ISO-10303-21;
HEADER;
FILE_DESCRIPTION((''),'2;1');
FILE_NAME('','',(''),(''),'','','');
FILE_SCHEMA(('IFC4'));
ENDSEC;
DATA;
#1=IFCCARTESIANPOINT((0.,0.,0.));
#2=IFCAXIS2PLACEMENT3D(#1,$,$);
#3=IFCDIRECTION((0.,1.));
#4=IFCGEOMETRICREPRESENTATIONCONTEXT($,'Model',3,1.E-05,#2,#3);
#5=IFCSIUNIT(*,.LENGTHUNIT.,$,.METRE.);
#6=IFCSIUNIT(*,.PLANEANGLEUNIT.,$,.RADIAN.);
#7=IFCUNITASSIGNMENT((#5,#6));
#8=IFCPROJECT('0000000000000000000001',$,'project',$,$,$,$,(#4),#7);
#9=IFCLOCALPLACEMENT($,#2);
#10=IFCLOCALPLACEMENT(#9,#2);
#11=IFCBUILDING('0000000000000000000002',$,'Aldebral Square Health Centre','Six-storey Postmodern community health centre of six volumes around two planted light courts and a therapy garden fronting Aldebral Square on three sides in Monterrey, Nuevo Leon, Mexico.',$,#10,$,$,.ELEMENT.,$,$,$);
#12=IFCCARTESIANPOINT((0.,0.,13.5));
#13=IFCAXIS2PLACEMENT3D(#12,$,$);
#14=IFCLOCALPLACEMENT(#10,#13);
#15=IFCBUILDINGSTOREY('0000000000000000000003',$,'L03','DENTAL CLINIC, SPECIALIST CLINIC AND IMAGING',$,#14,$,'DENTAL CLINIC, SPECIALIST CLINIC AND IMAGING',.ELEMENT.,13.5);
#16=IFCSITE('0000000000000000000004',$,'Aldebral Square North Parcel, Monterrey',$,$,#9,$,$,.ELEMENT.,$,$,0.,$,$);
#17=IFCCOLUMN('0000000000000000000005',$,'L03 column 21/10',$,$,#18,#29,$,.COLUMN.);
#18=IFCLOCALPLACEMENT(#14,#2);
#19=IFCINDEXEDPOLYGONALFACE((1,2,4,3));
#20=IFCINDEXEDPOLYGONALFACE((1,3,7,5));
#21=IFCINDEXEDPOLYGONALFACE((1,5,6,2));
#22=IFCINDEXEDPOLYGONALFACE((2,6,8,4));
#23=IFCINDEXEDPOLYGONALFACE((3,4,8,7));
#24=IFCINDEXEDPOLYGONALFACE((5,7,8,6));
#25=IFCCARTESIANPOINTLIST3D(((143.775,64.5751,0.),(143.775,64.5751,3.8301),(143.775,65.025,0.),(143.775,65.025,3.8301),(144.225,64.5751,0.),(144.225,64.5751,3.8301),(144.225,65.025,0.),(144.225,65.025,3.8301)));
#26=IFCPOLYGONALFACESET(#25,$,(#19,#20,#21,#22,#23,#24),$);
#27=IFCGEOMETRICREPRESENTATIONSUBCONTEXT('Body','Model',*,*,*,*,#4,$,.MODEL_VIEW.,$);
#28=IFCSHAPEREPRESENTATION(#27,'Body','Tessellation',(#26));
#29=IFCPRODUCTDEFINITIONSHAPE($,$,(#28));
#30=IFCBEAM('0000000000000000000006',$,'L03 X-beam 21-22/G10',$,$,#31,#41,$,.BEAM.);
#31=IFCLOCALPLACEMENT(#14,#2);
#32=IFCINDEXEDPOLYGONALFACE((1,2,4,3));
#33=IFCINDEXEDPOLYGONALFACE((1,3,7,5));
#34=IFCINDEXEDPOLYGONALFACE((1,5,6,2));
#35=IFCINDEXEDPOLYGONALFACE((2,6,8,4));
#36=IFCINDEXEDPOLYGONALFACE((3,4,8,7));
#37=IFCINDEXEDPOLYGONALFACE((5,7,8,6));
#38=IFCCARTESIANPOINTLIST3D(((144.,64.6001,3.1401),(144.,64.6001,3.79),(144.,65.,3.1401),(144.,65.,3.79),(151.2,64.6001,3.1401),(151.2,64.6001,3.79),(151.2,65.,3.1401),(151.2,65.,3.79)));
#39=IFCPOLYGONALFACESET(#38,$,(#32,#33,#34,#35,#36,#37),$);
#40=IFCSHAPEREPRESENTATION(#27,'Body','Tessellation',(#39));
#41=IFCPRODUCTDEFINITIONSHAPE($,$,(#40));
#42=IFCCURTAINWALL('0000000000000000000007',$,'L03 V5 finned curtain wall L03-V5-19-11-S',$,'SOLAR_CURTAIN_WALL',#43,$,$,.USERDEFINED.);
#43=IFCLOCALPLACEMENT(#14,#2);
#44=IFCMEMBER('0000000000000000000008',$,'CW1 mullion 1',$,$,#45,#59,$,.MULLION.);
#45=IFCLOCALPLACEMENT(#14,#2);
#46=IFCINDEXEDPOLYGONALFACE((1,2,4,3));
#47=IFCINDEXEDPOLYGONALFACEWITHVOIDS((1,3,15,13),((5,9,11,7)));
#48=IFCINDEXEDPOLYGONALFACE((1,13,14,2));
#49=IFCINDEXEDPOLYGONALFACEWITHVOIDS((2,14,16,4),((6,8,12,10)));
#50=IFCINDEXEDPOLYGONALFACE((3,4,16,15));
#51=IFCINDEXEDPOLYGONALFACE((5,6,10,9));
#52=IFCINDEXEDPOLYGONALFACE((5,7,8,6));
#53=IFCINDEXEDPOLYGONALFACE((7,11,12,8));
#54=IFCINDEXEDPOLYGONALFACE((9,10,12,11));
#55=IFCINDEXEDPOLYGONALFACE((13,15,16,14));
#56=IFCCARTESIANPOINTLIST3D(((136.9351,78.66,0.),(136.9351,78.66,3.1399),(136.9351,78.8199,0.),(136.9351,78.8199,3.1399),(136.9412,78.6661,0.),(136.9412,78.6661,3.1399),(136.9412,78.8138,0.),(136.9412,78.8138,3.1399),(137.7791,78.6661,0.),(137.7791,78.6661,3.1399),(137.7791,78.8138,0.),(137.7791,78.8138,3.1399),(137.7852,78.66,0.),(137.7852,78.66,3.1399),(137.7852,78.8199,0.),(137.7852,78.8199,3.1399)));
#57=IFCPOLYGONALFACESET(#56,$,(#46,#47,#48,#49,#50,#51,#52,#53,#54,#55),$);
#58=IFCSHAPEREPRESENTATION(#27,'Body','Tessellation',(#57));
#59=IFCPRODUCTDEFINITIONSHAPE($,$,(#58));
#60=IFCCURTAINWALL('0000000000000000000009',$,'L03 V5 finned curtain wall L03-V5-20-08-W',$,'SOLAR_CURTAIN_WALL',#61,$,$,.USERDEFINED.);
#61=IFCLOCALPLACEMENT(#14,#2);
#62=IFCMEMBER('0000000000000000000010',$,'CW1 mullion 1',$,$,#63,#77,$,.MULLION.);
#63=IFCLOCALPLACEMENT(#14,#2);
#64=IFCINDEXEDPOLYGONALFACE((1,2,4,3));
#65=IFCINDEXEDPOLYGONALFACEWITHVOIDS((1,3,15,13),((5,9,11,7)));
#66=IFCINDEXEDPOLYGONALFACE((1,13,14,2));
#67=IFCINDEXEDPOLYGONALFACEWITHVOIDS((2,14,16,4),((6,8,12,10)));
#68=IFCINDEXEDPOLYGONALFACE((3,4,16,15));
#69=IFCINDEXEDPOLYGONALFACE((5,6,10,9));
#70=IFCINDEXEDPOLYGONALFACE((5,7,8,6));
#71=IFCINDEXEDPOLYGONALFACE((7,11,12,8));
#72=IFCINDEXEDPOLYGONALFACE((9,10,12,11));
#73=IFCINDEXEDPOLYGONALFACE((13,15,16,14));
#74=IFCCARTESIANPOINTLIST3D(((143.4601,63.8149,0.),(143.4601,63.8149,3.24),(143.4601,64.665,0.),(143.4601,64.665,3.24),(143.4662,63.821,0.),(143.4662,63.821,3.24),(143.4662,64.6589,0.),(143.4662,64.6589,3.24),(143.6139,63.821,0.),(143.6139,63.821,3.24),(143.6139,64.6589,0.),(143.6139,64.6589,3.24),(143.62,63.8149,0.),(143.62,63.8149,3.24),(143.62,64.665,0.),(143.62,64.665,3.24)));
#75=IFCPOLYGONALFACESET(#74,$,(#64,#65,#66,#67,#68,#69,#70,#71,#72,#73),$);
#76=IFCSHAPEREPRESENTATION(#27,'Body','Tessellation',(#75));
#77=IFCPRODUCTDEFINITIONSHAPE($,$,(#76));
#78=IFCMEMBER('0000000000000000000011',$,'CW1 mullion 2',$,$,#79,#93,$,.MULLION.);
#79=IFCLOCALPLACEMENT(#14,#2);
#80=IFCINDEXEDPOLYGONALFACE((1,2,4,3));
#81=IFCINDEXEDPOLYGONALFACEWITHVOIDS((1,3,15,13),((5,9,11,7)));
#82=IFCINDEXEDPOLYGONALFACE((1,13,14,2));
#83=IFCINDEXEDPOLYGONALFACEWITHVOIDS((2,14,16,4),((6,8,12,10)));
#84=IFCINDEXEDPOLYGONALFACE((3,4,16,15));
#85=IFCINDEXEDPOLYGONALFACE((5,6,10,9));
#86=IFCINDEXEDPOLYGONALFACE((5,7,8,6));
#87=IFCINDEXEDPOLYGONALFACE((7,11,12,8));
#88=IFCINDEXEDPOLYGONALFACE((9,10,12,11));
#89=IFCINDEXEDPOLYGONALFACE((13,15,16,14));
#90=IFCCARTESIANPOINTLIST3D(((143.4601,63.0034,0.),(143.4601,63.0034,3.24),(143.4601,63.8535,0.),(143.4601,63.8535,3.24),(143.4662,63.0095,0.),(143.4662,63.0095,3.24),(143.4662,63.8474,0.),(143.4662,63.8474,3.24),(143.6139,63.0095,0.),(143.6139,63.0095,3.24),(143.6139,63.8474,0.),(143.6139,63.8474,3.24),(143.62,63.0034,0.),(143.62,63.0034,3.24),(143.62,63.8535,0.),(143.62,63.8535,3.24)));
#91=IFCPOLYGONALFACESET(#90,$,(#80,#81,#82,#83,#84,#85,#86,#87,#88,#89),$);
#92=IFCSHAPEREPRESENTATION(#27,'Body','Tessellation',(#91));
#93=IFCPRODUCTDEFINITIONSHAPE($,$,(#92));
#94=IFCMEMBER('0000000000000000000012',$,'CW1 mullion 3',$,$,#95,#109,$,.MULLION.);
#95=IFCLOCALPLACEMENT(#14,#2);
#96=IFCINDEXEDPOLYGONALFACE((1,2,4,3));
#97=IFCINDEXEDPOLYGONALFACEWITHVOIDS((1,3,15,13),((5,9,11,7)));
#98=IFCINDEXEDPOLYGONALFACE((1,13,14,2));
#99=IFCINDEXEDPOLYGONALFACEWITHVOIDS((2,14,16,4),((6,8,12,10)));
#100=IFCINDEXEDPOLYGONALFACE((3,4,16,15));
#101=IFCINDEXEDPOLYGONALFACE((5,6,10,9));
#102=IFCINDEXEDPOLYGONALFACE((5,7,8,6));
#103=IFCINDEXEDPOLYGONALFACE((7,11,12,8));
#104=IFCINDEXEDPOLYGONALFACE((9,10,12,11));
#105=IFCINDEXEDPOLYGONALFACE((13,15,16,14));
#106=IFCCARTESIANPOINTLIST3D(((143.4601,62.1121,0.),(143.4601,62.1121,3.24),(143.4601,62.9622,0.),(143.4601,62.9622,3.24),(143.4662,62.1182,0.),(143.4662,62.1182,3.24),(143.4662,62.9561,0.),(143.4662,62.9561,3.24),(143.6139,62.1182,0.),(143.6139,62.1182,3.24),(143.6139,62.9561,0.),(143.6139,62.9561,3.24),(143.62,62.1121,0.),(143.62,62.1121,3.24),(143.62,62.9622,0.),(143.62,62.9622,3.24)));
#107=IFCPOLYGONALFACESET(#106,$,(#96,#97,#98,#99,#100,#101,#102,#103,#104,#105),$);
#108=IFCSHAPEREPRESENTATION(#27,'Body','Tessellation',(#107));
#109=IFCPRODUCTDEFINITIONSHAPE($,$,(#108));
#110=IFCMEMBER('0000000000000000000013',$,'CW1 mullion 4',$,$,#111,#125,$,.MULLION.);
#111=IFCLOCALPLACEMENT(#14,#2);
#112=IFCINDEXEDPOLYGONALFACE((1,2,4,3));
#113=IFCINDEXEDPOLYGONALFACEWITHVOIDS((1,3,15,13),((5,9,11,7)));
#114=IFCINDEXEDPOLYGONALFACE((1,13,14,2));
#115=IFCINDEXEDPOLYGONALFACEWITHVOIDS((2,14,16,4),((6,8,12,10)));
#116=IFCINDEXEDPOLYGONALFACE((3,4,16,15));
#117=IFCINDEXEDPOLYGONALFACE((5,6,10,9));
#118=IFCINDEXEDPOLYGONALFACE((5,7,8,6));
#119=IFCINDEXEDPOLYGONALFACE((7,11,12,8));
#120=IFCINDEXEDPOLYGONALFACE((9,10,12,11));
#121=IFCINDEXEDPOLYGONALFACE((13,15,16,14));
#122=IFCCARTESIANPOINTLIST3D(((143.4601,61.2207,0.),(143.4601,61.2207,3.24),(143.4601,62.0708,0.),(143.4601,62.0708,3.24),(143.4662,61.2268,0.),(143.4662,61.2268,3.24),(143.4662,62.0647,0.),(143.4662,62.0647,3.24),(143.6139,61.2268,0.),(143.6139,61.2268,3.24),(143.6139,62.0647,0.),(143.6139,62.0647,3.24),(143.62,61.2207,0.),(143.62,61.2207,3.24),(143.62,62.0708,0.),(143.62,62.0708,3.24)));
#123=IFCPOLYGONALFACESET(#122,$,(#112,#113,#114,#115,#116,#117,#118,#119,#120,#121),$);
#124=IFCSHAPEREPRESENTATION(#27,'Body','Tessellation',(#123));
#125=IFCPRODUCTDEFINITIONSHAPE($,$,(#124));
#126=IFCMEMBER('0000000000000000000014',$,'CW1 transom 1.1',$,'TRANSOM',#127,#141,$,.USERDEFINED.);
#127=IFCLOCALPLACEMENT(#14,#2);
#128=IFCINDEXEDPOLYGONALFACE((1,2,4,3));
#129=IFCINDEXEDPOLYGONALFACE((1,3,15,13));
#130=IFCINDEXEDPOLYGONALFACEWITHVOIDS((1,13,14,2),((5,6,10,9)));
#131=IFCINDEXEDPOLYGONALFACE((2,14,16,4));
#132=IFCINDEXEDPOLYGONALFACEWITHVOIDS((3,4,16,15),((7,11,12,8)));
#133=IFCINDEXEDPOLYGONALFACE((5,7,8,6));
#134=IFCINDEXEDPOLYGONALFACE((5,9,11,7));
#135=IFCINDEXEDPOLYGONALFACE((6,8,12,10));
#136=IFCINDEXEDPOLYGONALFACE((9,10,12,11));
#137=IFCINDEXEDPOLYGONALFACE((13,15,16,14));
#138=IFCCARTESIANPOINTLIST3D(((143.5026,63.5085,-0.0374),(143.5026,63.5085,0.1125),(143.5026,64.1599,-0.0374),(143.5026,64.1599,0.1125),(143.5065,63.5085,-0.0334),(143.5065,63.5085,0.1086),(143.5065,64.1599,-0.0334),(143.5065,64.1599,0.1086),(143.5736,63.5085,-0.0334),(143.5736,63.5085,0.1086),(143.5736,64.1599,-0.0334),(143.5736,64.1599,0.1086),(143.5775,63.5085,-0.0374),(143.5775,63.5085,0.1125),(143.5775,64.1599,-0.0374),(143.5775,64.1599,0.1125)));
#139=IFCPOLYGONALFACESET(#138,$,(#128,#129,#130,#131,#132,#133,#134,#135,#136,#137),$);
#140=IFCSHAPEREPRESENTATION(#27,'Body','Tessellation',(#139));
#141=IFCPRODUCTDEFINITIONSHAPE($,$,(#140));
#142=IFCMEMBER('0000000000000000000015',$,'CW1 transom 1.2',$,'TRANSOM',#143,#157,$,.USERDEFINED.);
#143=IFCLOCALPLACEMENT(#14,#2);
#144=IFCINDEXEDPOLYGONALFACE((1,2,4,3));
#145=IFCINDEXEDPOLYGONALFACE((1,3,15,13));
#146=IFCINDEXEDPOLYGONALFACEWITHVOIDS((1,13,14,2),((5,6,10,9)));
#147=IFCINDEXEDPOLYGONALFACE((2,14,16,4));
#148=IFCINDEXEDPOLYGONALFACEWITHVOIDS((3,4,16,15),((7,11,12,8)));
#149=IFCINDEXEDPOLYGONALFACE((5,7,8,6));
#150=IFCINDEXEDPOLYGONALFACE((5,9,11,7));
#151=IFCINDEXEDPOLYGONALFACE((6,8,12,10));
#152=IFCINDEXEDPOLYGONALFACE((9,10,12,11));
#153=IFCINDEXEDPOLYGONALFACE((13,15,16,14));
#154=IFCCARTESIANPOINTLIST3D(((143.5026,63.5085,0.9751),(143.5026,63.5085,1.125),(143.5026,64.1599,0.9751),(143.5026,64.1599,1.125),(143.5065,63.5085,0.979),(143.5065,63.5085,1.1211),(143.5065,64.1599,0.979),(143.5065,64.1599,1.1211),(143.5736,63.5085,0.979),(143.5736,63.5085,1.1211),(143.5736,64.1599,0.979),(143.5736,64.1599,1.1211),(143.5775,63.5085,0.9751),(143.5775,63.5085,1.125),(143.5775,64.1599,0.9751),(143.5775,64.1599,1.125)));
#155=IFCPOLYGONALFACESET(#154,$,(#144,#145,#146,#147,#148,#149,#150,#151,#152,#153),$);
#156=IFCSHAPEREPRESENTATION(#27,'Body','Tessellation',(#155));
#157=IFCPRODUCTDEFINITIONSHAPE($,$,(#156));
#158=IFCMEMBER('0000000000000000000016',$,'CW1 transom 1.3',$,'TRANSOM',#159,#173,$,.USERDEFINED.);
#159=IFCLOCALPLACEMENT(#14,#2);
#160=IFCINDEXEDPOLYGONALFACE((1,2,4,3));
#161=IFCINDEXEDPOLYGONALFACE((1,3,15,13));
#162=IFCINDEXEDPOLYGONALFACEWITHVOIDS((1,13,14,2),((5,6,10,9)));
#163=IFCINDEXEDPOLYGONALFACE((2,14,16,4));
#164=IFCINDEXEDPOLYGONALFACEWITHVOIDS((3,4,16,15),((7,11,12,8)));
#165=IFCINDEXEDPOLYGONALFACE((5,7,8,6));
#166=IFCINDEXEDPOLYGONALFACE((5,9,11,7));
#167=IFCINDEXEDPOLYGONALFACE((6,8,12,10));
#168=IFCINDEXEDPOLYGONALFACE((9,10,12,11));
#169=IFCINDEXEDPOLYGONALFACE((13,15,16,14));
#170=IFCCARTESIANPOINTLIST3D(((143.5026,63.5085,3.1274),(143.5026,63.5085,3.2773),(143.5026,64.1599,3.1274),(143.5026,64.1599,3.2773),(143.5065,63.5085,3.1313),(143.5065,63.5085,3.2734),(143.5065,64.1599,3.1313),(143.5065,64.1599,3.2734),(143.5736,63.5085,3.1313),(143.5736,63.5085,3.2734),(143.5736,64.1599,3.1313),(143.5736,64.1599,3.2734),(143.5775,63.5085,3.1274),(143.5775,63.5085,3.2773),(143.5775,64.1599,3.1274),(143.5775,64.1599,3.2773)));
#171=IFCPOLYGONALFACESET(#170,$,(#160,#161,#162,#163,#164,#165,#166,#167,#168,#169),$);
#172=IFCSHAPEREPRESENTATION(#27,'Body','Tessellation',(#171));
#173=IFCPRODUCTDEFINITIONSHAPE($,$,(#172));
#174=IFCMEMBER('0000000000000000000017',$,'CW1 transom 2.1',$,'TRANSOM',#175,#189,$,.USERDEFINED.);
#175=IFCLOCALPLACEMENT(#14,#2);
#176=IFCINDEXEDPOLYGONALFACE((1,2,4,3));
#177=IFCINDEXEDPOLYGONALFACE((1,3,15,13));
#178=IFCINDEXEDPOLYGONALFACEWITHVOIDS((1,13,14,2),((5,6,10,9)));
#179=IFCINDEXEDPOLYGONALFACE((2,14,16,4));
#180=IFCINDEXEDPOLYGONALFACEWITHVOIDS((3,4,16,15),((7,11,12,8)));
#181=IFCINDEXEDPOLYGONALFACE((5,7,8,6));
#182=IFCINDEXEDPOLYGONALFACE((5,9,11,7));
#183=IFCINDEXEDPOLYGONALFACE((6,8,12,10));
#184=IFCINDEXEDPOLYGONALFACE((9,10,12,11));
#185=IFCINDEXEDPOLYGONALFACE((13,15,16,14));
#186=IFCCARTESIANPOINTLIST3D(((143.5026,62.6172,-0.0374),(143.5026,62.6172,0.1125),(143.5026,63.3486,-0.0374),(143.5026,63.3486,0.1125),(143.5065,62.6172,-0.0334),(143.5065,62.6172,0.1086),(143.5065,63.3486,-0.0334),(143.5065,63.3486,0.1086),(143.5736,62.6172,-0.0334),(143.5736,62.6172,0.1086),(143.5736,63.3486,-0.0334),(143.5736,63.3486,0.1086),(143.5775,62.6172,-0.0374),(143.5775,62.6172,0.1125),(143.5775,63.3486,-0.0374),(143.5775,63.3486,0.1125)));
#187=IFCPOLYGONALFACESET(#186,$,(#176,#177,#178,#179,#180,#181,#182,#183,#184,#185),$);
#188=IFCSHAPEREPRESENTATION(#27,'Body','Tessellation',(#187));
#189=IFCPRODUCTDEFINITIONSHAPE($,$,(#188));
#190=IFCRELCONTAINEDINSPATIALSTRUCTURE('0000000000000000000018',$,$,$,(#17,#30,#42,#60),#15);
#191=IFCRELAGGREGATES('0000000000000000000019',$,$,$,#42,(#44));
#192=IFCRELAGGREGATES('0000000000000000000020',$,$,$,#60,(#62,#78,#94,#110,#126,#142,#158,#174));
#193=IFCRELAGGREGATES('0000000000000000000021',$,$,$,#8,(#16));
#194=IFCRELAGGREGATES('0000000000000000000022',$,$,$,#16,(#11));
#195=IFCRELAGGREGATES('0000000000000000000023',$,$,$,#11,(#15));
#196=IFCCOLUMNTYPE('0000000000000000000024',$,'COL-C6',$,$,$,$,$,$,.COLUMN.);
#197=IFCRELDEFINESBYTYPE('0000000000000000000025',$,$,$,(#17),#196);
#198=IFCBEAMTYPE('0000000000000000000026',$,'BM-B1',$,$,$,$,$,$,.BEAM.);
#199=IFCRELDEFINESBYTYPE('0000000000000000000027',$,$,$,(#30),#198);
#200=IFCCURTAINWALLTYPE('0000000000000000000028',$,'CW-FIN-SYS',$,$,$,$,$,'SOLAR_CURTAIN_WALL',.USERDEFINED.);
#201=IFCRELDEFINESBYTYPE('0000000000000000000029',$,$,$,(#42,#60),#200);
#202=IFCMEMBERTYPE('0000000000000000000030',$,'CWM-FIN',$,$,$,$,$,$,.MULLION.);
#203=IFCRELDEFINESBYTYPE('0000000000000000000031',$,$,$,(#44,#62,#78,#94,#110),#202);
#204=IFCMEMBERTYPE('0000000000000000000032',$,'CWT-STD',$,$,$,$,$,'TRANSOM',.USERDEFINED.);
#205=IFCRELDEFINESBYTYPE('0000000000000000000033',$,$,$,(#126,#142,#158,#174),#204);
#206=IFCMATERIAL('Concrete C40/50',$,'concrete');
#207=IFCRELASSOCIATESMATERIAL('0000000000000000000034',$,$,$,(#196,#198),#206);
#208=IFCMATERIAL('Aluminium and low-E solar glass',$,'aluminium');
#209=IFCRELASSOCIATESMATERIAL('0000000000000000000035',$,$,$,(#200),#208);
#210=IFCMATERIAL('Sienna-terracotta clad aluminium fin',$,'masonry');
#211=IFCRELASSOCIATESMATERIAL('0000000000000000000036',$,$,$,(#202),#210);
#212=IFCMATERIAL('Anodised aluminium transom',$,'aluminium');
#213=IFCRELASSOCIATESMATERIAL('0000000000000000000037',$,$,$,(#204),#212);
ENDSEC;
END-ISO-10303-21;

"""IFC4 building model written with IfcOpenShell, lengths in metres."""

from ifc_helpers import new_model, si_unit, direction, frame, origin, origin_2d, place, context, subcontext, project, spatial, rectangle, hollow_rectangle, extrude, material, material_profile, profile_set, type_object, element, aggregate, save


model = new_model("IFC4")

# Units and contexts
model_context = context("Model", 3, precision=1e-05, world=origin(), true_north=direction((0.0, 1.0)))
body_context = subcontext(model_context, "Body", "Model", "MODEL_VIEW")
ifc_project = project(units=[si_unit("LENGTHUNIT", "METRE"), si_unit("PLANEANGLEUNIT", "RADIAN")], contexts=[model_context])

# Site, building, storey
site_placement = place(None, origin())
site = spatial("IfcSite", under=ifc_project, at=site_placement, Name="Aldebral Square North Parcel, Monterrey", CompositionType="ELEMENT", RefElevation=0.0)
building_placement = place(site_placement, origin())
building = spatial("IfcBuilding", under=site, at=building_placement, Name="Aldebral Square Health Centre", Description="Six-storey Postmodern community health centre of six volumes around two planted light courts and a therapy garden fronting Aldebral Square on three sides in Monterrey, Nuevo Leon, Mexico.", CompositionType="ELEMENT")
storey_placement = place(building_placement, frame((0.0, 0.0, 13.5)))
storey = spatial("IfcBuildingStorey", under=building, at=storey_placement, Name="L03", Description="DENTAL CLINIC, SPECIALIST CLINIC AND IMAGING", LongName="DENTAL CLINIC, SPECIALIST CLINIC AND IMAGING", CompositionType="ELEMENT", Elevation=13.5)

# Column
ifc_material_1 = material(Name="Concrete C40/50", Category="concrete")
ifc_material_profile_1 = material_profile(ifc_material_1, rectangle(XDim=0.45, YDim=0.45, at=origin_2d()), Name="RC 450x450")
ifc_profile_set_1 = profile_set([ifc_material_profile_1], Name="Concrete C40/50")
column_type = type_object("IfcColumnType", Name="COL-C6", PredefinedType="COLUMN", material=ifc_profile_set_1)
column_placement = place(storey_placement, frame((144.0, 64.8, 0.0), z_axis=(0.0, 0.0, 1.0), x_axis=(1.0, 0.0, 0.0)))
element("IfcColumn", 1, at=column_placement, inside=storey, type_object=column_type, Name="L03 column 21/10", PredefinedType="COLUMN", context=body_context, shape_type="SweptSolid", body=[
    extrude(rectangle(XDim=0.45, YDim=0.45, at=origin_2d()), origin(), (0.0, 0.0, 1.0), 3.8301),
])

# Beam
ifc_material_profile_2 = material_profile(ifc_material_1, rectangle(XDim=0.3999, YDim=0.6499, at=origin_2d()), Name="RC 400x650")
ifc_profile_set_2 = profile_set([ifc_material_profile_2], Name="Concrete C40/50")
beam_type = type_object("IfcBeamType", Name="BM-B1", PredefinedType="BEAM", material=ifc_profile_set_2)
beam_placement = place(storey_placement, frame((144.0, 64.8, 3.4651), z_axis=(1.0, 0.0, 0.0), x_axis=(0.0, 1.0, 0.0)))
element("IfcBeam", 2, at=beam_placement, inside=storey, type_object=beam_type, Name="L03 X-beam 21-22/G10", PredefinedType="BEAM", context=body_context, shape_type="SweptSolid", body=[
    extrude(rectangle(XDim=0.3999, YDim=0.6499, at=origin_2d()), origin(), (0.0, 0.0, 1.0), 7.2),
])

# Curtain wall, member
ifc_material_2 = material(Name="Aluminium and low-E solar glass", Category="aluminium")
curtain_wall_type = type_object("IfcCurtainWallType", Name="CW-FIN-SYS", ElementType="SOLAR_CURTAIN_WALL", PredefinedType="USERDEFINED", material=ifc_material_2)
curtain_wall_1_placement = place(storey_placement, origin())
curtain_wall_1 = element("IfcCurtainWall", 3, at=curtain_wall_1_placement, inside=storey, type_object=curtain_wall_type, Name="L03 V5 finned curtain wall L03-V5-19-11-S", ObjectType="SOLAR_CURTAIN_WALL", PredefinedType="USERDEFINED")
ifc_material_3 = material(Name="Sienna-terracotta clad aluminium fin", Category="masonry")
ifc_material_profile_3 = material_profile(ifc_material_3, hollow_rectangle(XDim=0.1599, YDim=0.8501, WallThickness=0.0061, at=origin_2d()), Name="FIN 160x850x6")
ifc_profile_set_3 = profile_set([ifc_material_profile_3], Name="Sienna-terracotta clad aluminium fin")
member_type_1 = type_object("IfcMemberType", Name="CWM-FIN", PredefinedType="MULLION", material=ifc_profile_set_3)
member_1_placement = place(storey_placement, frame((137.3601, 78.74, 0.0), z_axis=(0.0, 0.0, 1.0), x_axis=(0.0, 1.0, 0.0)))
member_1 = element("IfcMember", 4, at=member_1_placement, type_object=member_type_1, Name="CW1 mullion 1", PredefinedType="MULLION", context=body_context, shape_type="SweptSolid", body=[
    extrude(hollow_rectangle(XDim=0.1599, YDim=0.8501, WallThickness=0.0061, at=origin_2d()), origin(), (0.0, 0.0, 1.0), 3.1399),
])
aggregate(curtain_wall_1, [member_1])

# Curtain wall, members
curtain_wall_2_placement = place(storey_placement, origin())
curtain_wall_2 = element("IfcCurtainWall", 5, at=curtain_wall_2_placement, inside=storey, type_object=curtain_wall_type, Name="L03 V5 finned curtain wall L03-V5-20-08-W", ObjectType="SOLAR_CURTAIN_WALL", PredefinedType="USERDEFINED")
member_2_placement = place(storey_placement, frame((143.54, 64.24, 0.0), z_axis=(0.0, 0.0, 1.0), x_axis=(1.0, 0.0, 0.0)))
member_2 = element("IfcMember", 6, at=member_2_placement, type_object=member_type_1, Name="CW1 mullion 1", PredefinedType="MULLION", context=body_context, shape_type="SweptSolid", body=[
    extrude(hollow_rectangle(XDim=0.1599, YDim=0.8501, WallThickness=0.0061, at=origin_2d()), origin(), (0.0, 0.0, 1.0), 3.24),
])
member_3_placement = place(storey_placement, frame((143.54, 63.4285, 0.0), z_axis=(0.0, 0.0, 1.0), x_axis=(1.0, 0.0, 0.0)))
member_3 = element("IfcMember", 7, at=member_3_placement, type_object=member_type_1, Name="CW1 mullion 2", PredefinedType="MULLION", context=body_context, shape_type="SweptSolid", body=[
    extrude(hollow_rectangle(XDim=0.1599, YDim=0.8501, WallThickness=0.0061, at=origin_2d()), origin(), (0.0, 0.0, 1.0), 3.24),
])
member_4_placement = place(storey_placement, frame((143.54, 62.5371, 0.0), z_axis=(0.0, 0.0, 1.0), x_axis=(1.0, 0.0, 0.0)))
member_4 = element("IfcMember", 8, at=member_4_placement, type_object=member_type_1, Name="CW1 mullion 3", PredefinedType="MULLION", context=body_context, shape_type="SweptSolid", body=[
    extrude(hollow_rectangle(XDim=0.1599, YDim=0.8501, WallThickness=0.0061, at=origin_2d()), origin(), (0.0, 0.0, 1.0), 3.24),
])
member_5_placement = place(storey_placement, frame((143.54, 61.6458, 0.0), z_axis=(0.0, 0.0, 1.0), x_axis=(1.0, 0.0, 0.0)))
member_5 = element("IfcMember", 9, at=member_5_placement, type_object=member_type_1, Name="CW1 mullion 4", PredefinedType="MULLION", context=body_context, shape_type="SweptSolid", body=[
    extrude(hollow_rectangle(XDim=0.1599, YDim=0.8501, WallThickness=0.0061, at=origin_2d()), origin(), (0.0, 0.0, 1.0), 3.24),
])
ifc_material_4 = material(Name="Anodised aluminium transom", Category="aluminium")
ifc_material_profile_4 = material_profile(ifc_material_4, hollow_rectangle(XDim=0.075, YDim=0.1499, WallThickness=0.0039, at=origin_2d()), Name="CWT 75x150x4")
ifc_profile_set_4 = profile_set([ifc_material_profile_4], Name="Anodised aluminium transom")
member_type_2 = type_object("IfcMemberType", Name="CWT-STD", ElementType="TRANSOM", PredefinedType="USERDEFINED", material=ifc_profile_set_4)
member_6_placement = place(storey_placement, frame((143.54, 64.1599, 0.0376), z_axis=(0.0, -1.0, 0.0), x_axis=(1.0, 0.0, 0.0)))
member_6 = element("IfcMember", 10, at=member_6_placement, type_object=member_type_2, Name="CW1 transom 1.1", ObjectType="TRANSOM", PredefinedType="USERDEFINED", context=body_context, shape_type="SweptSolid", body=[
    extrude(hollow_rectangle(XDim=0.075, YDim=0.1499, WallThickness=0.0039, at=origin_2d()), origin(), (0.0, 0.0, 1.0), 0.6514),
])
member_7_placement = place(storey_placement, frame((143.54, 64.1599, 1.05), z_axis=(0.0, -1.0, 0.0), x_axis=(1.0, 0.0, 0.0)))
member_7 = element("IfcMember", 11, at=member_7_placement, type_object=member_type_2, Name="CW1 transom 1.2", ObjectType="TRANSOM", PredefinedType="USERDEFINED", context=body_context, shape_type="SweptSolid", body=[
    extrude(hollow_rectangle(XDim=0.075, YDim=0.1499, WallThickness=0.0039, at=origin_2d()), origin(), (0.0, 0.0, 1.0), 0.6514),
])
member_8_placement = place(storey_placement, frame((143.54, 64.1599, 3.2024), z_axis=(0.0, -1.0, 0.0), x_axis=(1.0, 0.0, 0.0)))
member_8 = element("IfcMember", 12, at=member_8_placement, type_object=member_type_2, Name="CW1 transom 1.3", ObjectType="TRANSOM", PredefinedType="USERDEFINED", context=body_context, shape_type="SweptSolid", body=[
    extrude(hollow_rectangle(XDim=0.075, YDim=0.1499, WallThickness=0.0039, at=origin_2d()), origin(), (0.0, 0.0, 1.0), 0.6514),
])
member_9_placement = place(storey_placement, frame((143.54, 63.3486, 0.0376), z_axis=(0.0, -1.0, 0.0), x_axis=(1.0, 0.0, 0.0)))
member_9 = element("IfcMember", 13, at=member_9_placement, type_object=member_type_2, Name="CW1 transom 2.1", ObjectType="TRANSOM", PredefinedType="USERDEFINED", context=body_context, shape_type="SweptSolid", body=[
    extrude(hollow_rectangle(XDim=0.075, YDim=0.1499, WallThickness=0.0039, at=origin_2d()), origin(), (0.0, 0.0, 1.0), 0.7314),
])
aggregate(curtain_wall_2, [member_2, member_3, member_4, member_5, member_6, member_7, member_8, member_9])

save(model, "model.ifc")
